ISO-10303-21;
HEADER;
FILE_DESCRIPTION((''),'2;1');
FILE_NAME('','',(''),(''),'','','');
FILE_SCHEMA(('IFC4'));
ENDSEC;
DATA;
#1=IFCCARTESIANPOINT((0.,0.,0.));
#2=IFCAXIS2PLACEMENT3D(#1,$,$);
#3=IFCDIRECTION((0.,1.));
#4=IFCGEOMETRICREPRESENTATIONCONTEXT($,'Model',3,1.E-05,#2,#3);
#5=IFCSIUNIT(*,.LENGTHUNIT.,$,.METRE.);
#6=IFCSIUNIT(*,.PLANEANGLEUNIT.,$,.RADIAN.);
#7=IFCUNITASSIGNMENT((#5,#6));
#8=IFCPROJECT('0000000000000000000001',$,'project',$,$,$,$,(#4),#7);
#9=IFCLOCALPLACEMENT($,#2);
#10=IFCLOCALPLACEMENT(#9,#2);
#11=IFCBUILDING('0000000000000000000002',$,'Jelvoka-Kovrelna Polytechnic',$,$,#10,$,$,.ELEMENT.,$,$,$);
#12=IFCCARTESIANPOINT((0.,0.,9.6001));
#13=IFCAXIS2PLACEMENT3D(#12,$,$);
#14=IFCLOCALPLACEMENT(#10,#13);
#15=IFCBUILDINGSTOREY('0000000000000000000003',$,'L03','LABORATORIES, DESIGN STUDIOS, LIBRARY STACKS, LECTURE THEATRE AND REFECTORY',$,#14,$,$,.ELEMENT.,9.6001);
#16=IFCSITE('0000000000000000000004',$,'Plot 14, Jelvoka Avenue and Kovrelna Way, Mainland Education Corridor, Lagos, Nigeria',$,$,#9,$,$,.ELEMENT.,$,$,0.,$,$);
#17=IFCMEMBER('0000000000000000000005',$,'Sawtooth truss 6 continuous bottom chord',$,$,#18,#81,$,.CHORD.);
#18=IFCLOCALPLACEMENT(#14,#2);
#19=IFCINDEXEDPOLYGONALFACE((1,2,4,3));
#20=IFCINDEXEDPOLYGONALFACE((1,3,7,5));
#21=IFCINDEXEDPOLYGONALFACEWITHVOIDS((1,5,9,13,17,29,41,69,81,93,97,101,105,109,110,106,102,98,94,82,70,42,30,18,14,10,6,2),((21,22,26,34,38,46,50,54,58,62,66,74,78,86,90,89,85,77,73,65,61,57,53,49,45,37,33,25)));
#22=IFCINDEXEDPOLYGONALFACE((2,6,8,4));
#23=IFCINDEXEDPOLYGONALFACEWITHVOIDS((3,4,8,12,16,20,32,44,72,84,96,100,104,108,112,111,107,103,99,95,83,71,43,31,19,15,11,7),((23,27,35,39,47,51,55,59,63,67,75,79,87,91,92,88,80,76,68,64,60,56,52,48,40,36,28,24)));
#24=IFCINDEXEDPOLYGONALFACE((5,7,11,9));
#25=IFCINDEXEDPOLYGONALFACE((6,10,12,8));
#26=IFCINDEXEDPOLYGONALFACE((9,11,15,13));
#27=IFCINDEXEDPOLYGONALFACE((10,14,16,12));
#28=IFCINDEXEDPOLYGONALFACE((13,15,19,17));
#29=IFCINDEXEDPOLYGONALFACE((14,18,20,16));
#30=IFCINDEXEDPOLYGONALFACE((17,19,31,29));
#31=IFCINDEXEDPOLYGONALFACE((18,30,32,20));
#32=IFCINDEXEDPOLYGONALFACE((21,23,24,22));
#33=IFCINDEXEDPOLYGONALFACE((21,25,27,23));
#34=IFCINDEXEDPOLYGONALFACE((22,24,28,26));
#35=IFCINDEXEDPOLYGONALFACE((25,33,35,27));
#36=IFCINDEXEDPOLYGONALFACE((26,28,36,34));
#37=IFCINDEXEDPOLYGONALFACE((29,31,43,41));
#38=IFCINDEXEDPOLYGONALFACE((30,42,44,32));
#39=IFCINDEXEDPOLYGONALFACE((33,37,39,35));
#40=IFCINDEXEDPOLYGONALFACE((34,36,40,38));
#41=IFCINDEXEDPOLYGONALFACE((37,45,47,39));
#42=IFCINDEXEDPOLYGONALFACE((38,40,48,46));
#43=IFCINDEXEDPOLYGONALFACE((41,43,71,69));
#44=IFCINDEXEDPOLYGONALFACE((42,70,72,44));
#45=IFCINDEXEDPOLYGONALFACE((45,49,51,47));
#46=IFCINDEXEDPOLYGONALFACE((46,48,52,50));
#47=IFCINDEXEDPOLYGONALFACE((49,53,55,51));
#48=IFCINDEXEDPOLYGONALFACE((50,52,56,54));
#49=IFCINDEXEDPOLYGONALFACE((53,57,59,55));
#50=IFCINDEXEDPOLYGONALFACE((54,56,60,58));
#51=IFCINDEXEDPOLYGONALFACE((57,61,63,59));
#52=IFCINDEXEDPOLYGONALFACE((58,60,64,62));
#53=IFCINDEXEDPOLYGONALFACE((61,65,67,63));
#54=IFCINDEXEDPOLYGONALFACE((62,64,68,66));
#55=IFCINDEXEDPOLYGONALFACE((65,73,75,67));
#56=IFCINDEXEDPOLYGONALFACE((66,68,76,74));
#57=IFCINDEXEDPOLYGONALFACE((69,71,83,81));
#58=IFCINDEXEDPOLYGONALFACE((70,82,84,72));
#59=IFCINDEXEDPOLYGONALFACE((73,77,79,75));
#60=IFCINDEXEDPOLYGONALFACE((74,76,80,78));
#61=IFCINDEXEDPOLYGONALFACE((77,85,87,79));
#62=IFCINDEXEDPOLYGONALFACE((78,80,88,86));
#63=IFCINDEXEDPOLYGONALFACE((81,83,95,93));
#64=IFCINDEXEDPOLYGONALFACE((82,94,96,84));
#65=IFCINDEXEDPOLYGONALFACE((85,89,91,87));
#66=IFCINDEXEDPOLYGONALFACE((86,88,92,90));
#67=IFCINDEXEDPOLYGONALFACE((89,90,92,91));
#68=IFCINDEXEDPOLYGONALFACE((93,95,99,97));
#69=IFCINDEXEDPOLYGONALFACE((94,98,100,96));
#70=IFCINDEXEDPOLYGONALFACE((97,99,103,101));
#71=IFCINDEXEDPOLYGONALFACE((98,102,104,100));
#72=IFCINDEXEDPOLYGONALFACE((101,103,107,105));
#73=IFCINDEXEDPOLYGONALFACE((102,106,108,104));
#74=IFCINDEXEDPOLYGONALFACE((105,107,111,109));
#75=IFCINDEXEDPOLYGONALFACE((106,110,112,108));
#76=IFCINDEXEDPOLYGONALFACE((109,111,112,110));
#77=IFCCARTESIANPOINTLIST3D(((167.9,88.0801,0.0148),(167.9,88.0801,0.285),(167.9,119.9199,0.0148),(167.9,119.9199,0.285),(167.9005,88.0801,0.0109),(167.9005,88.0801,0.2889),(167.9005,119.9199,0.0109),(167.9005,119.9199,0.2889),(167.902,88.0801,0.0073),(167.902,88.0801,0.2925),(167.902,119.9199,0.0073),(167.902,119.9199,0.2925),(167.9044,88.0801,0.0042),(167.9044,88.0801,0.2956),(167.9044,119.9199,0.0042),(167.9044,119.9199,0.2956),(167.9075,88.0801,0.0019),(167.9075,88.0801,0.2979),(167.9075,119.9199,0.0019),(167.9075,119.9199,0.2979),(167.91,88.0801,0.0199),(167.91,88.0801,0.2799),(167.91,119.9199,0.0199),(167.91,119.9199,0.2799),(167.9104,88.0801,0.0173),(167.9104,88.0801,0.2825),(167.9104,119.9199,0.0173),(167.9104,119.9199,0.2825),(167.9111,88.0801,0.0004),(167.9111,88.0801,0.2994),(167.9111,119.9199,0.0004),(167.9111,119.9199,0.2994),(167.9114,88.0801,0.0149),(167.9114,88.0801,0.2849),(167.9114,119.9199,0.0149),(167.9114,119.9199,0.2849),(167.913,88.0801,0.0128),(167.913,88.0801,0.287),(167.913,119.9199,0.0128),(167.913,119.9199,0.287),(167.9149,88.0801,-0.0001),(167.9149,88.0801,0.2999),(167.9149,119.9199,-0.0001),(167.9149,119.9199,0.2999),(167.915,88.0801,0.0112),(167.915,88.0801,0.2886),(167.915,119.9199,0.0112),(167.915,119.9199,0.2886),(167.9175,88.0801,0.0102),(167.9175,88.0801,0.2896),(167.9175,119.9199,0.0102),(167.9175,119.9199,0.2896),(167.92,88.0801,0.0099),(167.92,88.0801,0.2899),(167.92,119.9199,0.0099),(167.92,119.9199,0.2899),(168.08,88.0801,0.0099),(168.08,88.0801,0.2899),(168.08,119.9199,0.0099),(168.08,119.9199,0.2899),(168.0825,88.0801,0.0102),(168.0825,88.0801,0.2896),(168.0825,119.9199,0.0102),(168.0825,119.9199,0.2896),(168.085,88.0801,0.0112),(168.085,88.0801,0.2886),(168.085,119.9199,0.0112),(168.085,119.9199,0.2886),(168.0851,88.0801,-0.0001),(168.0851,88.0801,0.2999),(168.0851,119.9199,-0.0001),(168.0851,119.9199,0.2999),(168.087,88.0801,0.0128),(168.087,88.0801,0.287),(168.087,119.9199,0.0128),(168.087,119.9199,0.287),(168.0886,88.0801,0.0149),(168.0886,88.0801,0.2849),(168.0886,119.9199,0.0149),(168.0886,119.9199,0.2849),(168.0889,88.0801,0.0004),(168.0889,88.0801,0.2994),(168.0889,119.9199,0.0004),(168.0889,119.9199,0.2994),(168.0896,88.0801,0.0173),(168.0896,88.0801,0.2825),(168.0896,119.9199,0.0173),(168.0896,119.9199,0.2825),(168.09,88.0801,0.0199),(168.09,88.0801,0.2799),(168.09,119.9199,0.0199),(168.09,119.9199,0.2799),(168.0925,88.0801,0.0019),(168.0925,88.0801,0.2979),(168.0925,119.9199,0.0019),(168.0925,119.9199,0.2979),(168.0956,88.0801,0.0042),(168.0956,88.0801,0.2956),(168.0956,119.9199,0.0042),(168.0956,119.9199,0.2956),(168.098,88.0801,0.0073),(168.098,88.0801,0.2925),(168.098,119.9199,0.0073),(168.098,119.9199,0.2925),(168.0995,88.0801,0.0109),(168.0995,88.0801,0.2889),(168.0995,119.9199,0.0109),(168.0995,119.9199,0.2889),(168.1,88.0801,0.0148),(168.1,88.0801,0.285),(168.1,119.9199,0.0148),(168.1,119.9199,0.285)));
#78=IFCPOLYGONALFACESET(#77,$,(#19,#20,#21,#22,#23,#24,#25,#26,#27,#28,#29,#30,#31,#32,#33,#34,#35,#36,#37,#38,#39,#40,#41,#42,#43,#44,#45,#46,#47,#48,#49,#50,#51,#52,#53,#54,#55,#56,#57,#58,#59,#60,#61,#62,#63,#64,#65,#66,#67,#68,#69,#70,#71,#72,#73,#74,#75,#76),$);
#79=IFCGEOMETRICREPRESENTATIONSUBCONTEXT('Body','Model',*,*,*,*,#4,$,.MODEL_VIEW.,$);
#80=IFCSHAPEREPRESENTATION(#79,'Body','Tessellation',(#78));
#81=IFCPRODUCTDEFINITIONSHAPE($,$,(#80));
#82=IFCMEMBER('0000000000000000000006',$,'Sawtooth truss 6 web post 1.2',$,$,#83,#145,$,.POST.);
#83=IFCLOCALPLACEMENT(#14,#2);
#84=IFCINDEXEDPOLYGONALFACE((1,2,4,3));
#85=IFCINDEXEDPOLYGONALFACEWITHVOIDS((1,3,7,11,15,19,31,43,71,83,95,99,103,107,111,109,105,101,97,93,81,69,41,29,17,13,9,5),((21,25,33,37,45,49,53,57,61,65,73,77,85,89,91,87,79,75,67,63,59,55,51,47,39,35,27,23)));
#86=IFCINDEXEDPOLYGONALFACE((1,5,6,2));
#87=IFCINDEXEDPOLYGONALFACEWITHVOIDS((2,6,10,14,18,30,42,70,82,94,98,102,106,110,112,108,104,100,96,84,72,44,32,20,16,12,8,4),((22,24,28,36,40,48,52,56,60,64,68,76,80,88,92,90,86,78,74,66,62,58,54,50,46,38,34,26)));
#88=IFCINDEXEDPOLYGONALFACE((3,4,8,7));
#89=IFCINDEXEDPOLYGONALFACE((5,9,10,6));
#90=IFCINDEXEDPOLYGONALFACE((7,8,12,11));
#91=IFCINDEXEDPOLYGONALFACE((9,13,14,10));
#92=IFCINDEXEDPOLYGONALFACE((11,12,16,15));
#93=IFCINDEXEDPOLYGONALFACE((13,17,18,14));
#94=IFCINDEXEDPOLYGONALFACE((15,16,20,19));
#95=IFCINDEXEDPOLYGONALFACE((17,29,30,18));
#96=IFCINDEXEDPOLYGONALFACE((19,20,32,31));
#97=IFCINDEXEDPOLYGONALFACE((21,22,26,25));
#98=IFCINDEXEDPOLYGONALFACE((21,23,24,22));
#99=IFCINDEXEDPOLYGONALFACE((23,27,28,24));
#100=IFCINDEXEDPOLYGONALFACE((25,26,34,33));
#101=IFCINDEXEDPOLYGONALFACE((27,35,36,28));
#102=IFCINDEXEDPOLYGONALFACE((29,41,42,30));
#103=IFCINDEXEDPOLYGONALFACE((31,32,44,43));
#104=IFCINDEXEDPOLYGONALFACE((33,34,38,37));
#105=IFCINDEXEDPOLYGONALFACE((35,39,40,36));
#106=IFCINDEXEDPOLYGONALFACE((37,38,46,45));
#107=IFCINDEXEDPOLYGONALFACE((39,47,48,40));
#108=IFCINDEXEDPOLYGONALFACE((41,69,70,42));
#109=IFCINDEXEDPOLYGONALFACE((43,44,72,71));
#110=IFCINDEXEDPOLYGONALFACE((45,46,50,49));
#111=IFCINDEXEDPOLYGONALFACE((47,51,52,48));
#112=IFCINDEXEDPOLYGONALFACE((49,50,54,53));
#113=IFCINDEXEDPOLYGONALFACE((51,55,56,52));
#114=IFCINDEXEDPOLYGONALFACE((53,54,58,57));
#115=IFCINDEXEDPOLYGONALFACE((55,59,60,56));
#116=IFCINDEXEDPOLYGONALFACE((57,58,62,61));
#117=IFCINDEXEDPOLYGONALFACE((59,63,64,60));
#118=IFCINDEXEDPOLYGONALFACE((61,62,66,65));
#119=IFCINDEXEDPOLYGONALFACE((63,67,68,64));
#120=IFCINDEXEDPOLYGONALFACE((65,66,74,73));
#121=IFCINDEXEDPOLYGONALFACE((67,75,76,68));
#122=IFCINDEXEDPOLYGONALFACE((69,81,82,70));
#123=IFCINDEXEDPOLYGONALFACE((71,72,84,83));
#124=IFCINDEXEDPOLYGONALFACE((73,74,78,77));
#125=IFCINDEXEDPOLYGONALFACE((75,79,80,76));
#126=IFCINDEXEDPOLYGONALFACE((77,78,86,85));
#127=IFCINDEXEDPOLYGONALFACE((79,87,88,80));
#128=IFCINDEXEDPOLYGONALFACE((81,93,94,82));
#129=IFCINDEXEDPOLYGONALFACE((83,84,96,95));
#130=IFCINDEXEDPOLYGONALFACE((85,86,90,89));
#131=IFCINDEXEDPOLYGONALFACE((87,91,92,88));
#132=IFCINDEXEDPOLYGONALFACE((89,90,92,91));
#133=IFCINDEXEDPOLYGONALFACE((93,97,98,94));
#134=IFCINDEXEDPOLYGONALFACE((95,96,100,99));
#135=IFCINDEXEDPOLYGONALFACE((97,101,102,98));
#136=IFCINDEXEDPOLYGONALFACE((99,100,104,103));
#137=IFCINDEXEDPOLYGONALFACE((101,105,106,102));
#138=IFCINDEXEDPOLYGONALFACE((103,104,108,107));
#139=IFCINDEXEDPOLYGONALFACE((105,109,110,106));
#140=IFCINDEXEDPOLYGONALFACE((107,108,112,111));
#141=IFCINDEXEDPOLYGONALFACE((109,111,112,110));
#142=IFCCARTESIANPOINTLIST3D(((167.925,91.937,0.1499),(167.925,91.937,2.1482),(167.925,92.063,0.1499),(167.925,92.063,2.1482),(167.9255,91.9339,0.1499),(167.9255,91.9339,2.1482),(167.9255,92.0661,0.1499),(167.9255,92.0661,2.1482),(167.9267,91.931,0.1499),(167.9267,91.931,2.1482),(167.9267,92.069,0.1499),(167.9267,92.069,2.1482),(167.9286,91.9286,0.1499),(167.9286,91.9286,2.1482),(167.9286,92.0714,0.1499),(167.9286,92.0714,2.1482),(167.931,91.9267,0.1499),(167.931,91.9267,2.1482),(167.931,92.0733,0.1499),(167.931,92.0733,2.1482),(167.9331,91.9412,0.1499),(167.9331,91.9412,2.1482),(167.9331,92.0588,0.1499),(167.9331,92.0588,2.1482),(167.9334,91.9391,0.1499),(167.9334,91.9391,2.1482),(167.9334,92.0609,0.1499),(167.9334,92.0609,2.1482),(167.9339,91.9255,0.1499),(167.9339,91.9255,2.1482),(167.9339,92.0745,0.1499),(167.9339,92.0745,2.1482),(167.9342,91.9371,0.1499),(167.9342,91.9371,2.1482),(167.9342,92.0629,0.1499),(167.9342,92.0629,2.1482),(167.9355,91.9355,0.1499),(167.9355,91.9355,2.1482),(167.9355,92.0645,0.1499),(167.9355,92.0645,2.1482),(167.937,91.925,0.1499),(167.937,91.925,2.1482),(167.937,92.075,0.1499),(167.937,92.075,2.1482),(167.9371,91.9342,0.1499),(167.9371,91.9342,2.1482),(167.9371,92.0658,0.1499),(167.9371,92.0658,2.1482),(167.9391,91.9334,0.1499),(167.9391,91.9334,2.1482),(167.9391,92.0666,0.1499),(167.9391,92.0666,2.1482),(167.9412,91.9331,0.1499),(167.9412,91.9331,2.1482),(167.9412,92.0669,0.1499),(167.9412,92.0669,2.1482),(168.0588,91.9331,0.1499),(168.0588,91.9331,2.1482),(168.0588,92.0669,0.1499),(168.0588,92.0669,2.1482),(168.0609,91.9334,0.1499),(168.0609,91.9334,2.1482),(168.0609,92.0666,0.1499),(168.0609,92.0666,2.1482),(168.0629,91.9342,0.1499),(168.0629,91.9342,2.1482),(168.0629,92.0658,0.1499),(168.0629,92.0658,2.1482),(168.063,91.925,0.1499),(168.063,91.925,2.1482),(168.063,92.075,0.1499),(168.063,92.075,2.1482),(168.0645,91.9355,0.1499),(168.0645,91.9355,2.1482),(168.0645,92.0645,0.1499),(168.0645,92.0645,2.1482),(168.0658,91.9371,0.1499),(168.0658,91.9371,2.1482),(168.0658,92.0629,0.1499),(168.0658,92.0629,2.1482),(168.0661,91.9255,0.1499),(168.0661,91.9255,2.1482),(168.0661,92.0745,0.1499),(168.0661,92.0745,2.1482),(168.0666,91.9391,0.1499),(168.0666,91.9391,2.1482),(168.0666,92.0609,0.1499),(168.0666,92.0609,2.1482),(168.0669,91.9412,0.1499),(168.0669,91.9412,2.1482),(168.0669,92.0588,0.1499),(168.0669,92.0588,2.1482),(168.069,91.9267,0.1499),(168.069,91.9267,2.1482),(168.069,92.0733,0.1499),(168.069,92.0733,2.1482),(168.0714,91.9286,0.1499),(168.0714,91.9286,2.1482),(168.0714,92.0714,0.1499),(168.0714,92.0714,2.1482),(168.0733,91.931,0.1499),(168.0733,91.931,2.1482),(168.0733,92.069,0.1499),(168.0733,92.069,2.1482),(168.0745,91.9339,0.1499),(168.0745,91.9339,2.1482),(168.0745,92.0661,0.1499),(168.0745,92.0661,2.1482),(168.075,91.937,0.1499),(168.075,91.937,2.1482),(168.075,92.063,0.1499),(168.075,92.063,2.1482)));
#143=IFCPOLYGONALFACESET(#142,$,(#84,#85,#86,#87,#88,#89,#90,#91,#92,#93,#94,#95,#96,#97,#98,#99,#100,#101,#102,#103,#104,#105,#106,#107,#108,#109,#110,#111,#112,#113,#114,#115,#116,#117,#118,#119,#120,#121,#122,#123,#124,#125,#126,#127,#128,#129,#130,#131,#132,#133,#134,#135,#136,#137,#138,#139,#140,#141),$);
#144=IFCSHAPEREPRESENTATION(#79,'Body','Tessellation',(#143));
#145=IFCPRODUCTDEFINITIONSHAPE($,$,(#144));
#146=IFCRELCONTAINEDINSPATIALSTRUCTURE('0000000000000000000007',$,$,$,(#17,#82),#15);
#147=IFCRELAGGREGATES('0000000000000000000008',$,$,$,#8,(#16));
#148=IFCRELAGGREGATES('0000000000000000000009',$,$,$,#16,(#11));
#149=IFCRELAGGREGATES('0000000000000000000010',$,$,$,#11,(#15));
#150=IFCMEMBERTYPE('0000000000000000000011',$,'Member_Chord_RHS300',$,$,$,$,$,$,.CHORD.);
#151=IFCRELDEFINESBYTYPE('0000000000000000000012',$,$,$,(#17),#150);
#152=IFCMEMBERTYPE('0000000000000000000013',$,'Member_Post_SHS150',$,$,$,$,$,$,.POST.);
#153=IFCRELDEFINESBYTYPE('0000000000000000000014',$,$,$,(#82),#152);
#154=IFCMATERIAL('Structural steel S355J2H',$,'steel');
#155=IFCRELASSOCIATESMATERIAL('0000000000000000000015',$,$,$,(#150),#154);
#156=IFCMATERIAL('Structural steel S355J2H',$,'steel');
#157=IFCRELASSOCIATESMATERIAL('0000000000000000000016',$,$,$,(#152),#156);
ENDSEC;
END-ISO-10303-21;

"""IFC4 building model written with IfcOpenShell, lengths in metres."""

from ifc_helpers import new_model, si_unit, direction, frame, origin, origin_2d, place, context, subcontext, project, spatial, hollow_rectangle, extrude, material, material_profile, profile_set, type_object, element, save


model = new_model("IFC4")

# Units and contexts
model_context = context("Model", 3, precision=1e-05, world=origin(), true_north=direction((0.0, 1.0)))
body_context = subcontext(model_context, "Body", "Model", "MODEL_VIEW")
ifc_project = project(units=[si_unit("LENGTHUNIT", "METRE"), si_unit("PLANEANGLEUNIT", "RADIAN")], contexts=[model_context])

# Site, building, storey
site_placement = place(None, origin())
site = spatial("IfcSite", under=ifc_project, at=site_placement, Name="Plot 14, Jelvoka Avenue and Kovrelna Way, Mainland Education Corridor, Lagos, Nigeria", CompositionType="ELEMENT", RefElevation=0.0)
building_placement = place(site_placement, origin())
building = spatial("IfcBuilding", under=site, at=building_placement, Name="Jelvoka-Kovrelna Polytechnic", CompositionType="ELEMENT")
storey_placement = place(building_placement, frame((0.0, 0.0, 9.6001)))
storey = spatial("IfcBuildingStorey", under=building, at=storey_placement, Name="L03", Description="LABORATORIES, DESIGN STUDIOS, LIBRARY STACKS, LECTURE THEATRE AND REFECTORY", CompositionType="ELEMENT", Elevation=9.6001)

# Members
ifc_material_1 = material(Name="Structural steel S355J2H", Category="steel")
ifc_material_profile_1 = material_profile(ifc_material_1, hollow_rectangle(XDim=0.2, YDim=0.3, WallThickness=0.01, InnerFilletRadius=0.01, OuterFilletRadius=0.0149, at=origin_2d()), Name="300x200x10.0 RHS")
ifc_profile_set_1 = profile_set([ifc_material_profile_1], Name="Structural steel S355J2H")
member_type_1 = type_object("IfcMemberType", Name="Member_Chord_RHS300", PredefinedType="CHORD", material=ifc_profile_set_1)
member_1_placement = place(storey_placement, frame((168.0, 88.0801, 0.1499), z_axis=(0.0, 1.0, 0.0), x_axis=(-1.0, 0.0, 0.0)))
element("IfcMember", 1, at=member_1_placement, inside=storey, type_object=member_type_1, Name="Sawtooth truss 6 continuous bottom chord", PredefinedType="CHORD", context=body_context, shape_type="SweptSolid", body=[
    extrude(hollow_rectangle(XDim=0.2, YDim=0.3, WallThickness=0.01, InnerFilletRadius=0.01, OuterFilletRadius=0.0149, at=origin_2d()), origin(), (0.0, 0.0, 1.0), 31.8398),
])
ifc_material_2 = material(Name="Structural steel S355J2H", Category="steel")
ifc_material_profile_2 = material_profile(ifc_material_2, hollow_rectangle(XDim=0.1499, YDim=0.1499, WallThickness=0.0081, InnerFilletRadius=0.0081, OuterFilletRadius=0.012, at=origin_2d()), Name="150x150x8.0 SHS")
ifc_profile_set_2 = profile_set([ifc_material_profile_2], Name="Structural steel S355J2H")
member_type_2 = type_object("IfcMemberType", Name="Member_Post_SHS150", PredefinedType="POST", material=ifc_profile_set_2)
member_2_placement = place(storey_placement, frame((168.0, 92.0, 0.1499), z_axis=(0.0, 0.0, 1.0), x_axis=(1.0, 0.0, 0.0)))
element("IfcMember", 2, at=member_2_placement, inside=storey, type_object=member_type_2, Name="Sawtooth truss 6 web post 1.2", PredefinedType="POST", context=body_context, shape_type="SweptSolid", body=[
    extrude(hollow_rectangle(XDim=0.1499, YDim=0.1499, WallThickness=0.0081, InnerFilletRadius=0.0081, OuterFilletRadius=0.012, at=origin_2d()), origin(), (0.0, 0.0, 1.0), 1.9983),
])

save(model, "model.ifc")
